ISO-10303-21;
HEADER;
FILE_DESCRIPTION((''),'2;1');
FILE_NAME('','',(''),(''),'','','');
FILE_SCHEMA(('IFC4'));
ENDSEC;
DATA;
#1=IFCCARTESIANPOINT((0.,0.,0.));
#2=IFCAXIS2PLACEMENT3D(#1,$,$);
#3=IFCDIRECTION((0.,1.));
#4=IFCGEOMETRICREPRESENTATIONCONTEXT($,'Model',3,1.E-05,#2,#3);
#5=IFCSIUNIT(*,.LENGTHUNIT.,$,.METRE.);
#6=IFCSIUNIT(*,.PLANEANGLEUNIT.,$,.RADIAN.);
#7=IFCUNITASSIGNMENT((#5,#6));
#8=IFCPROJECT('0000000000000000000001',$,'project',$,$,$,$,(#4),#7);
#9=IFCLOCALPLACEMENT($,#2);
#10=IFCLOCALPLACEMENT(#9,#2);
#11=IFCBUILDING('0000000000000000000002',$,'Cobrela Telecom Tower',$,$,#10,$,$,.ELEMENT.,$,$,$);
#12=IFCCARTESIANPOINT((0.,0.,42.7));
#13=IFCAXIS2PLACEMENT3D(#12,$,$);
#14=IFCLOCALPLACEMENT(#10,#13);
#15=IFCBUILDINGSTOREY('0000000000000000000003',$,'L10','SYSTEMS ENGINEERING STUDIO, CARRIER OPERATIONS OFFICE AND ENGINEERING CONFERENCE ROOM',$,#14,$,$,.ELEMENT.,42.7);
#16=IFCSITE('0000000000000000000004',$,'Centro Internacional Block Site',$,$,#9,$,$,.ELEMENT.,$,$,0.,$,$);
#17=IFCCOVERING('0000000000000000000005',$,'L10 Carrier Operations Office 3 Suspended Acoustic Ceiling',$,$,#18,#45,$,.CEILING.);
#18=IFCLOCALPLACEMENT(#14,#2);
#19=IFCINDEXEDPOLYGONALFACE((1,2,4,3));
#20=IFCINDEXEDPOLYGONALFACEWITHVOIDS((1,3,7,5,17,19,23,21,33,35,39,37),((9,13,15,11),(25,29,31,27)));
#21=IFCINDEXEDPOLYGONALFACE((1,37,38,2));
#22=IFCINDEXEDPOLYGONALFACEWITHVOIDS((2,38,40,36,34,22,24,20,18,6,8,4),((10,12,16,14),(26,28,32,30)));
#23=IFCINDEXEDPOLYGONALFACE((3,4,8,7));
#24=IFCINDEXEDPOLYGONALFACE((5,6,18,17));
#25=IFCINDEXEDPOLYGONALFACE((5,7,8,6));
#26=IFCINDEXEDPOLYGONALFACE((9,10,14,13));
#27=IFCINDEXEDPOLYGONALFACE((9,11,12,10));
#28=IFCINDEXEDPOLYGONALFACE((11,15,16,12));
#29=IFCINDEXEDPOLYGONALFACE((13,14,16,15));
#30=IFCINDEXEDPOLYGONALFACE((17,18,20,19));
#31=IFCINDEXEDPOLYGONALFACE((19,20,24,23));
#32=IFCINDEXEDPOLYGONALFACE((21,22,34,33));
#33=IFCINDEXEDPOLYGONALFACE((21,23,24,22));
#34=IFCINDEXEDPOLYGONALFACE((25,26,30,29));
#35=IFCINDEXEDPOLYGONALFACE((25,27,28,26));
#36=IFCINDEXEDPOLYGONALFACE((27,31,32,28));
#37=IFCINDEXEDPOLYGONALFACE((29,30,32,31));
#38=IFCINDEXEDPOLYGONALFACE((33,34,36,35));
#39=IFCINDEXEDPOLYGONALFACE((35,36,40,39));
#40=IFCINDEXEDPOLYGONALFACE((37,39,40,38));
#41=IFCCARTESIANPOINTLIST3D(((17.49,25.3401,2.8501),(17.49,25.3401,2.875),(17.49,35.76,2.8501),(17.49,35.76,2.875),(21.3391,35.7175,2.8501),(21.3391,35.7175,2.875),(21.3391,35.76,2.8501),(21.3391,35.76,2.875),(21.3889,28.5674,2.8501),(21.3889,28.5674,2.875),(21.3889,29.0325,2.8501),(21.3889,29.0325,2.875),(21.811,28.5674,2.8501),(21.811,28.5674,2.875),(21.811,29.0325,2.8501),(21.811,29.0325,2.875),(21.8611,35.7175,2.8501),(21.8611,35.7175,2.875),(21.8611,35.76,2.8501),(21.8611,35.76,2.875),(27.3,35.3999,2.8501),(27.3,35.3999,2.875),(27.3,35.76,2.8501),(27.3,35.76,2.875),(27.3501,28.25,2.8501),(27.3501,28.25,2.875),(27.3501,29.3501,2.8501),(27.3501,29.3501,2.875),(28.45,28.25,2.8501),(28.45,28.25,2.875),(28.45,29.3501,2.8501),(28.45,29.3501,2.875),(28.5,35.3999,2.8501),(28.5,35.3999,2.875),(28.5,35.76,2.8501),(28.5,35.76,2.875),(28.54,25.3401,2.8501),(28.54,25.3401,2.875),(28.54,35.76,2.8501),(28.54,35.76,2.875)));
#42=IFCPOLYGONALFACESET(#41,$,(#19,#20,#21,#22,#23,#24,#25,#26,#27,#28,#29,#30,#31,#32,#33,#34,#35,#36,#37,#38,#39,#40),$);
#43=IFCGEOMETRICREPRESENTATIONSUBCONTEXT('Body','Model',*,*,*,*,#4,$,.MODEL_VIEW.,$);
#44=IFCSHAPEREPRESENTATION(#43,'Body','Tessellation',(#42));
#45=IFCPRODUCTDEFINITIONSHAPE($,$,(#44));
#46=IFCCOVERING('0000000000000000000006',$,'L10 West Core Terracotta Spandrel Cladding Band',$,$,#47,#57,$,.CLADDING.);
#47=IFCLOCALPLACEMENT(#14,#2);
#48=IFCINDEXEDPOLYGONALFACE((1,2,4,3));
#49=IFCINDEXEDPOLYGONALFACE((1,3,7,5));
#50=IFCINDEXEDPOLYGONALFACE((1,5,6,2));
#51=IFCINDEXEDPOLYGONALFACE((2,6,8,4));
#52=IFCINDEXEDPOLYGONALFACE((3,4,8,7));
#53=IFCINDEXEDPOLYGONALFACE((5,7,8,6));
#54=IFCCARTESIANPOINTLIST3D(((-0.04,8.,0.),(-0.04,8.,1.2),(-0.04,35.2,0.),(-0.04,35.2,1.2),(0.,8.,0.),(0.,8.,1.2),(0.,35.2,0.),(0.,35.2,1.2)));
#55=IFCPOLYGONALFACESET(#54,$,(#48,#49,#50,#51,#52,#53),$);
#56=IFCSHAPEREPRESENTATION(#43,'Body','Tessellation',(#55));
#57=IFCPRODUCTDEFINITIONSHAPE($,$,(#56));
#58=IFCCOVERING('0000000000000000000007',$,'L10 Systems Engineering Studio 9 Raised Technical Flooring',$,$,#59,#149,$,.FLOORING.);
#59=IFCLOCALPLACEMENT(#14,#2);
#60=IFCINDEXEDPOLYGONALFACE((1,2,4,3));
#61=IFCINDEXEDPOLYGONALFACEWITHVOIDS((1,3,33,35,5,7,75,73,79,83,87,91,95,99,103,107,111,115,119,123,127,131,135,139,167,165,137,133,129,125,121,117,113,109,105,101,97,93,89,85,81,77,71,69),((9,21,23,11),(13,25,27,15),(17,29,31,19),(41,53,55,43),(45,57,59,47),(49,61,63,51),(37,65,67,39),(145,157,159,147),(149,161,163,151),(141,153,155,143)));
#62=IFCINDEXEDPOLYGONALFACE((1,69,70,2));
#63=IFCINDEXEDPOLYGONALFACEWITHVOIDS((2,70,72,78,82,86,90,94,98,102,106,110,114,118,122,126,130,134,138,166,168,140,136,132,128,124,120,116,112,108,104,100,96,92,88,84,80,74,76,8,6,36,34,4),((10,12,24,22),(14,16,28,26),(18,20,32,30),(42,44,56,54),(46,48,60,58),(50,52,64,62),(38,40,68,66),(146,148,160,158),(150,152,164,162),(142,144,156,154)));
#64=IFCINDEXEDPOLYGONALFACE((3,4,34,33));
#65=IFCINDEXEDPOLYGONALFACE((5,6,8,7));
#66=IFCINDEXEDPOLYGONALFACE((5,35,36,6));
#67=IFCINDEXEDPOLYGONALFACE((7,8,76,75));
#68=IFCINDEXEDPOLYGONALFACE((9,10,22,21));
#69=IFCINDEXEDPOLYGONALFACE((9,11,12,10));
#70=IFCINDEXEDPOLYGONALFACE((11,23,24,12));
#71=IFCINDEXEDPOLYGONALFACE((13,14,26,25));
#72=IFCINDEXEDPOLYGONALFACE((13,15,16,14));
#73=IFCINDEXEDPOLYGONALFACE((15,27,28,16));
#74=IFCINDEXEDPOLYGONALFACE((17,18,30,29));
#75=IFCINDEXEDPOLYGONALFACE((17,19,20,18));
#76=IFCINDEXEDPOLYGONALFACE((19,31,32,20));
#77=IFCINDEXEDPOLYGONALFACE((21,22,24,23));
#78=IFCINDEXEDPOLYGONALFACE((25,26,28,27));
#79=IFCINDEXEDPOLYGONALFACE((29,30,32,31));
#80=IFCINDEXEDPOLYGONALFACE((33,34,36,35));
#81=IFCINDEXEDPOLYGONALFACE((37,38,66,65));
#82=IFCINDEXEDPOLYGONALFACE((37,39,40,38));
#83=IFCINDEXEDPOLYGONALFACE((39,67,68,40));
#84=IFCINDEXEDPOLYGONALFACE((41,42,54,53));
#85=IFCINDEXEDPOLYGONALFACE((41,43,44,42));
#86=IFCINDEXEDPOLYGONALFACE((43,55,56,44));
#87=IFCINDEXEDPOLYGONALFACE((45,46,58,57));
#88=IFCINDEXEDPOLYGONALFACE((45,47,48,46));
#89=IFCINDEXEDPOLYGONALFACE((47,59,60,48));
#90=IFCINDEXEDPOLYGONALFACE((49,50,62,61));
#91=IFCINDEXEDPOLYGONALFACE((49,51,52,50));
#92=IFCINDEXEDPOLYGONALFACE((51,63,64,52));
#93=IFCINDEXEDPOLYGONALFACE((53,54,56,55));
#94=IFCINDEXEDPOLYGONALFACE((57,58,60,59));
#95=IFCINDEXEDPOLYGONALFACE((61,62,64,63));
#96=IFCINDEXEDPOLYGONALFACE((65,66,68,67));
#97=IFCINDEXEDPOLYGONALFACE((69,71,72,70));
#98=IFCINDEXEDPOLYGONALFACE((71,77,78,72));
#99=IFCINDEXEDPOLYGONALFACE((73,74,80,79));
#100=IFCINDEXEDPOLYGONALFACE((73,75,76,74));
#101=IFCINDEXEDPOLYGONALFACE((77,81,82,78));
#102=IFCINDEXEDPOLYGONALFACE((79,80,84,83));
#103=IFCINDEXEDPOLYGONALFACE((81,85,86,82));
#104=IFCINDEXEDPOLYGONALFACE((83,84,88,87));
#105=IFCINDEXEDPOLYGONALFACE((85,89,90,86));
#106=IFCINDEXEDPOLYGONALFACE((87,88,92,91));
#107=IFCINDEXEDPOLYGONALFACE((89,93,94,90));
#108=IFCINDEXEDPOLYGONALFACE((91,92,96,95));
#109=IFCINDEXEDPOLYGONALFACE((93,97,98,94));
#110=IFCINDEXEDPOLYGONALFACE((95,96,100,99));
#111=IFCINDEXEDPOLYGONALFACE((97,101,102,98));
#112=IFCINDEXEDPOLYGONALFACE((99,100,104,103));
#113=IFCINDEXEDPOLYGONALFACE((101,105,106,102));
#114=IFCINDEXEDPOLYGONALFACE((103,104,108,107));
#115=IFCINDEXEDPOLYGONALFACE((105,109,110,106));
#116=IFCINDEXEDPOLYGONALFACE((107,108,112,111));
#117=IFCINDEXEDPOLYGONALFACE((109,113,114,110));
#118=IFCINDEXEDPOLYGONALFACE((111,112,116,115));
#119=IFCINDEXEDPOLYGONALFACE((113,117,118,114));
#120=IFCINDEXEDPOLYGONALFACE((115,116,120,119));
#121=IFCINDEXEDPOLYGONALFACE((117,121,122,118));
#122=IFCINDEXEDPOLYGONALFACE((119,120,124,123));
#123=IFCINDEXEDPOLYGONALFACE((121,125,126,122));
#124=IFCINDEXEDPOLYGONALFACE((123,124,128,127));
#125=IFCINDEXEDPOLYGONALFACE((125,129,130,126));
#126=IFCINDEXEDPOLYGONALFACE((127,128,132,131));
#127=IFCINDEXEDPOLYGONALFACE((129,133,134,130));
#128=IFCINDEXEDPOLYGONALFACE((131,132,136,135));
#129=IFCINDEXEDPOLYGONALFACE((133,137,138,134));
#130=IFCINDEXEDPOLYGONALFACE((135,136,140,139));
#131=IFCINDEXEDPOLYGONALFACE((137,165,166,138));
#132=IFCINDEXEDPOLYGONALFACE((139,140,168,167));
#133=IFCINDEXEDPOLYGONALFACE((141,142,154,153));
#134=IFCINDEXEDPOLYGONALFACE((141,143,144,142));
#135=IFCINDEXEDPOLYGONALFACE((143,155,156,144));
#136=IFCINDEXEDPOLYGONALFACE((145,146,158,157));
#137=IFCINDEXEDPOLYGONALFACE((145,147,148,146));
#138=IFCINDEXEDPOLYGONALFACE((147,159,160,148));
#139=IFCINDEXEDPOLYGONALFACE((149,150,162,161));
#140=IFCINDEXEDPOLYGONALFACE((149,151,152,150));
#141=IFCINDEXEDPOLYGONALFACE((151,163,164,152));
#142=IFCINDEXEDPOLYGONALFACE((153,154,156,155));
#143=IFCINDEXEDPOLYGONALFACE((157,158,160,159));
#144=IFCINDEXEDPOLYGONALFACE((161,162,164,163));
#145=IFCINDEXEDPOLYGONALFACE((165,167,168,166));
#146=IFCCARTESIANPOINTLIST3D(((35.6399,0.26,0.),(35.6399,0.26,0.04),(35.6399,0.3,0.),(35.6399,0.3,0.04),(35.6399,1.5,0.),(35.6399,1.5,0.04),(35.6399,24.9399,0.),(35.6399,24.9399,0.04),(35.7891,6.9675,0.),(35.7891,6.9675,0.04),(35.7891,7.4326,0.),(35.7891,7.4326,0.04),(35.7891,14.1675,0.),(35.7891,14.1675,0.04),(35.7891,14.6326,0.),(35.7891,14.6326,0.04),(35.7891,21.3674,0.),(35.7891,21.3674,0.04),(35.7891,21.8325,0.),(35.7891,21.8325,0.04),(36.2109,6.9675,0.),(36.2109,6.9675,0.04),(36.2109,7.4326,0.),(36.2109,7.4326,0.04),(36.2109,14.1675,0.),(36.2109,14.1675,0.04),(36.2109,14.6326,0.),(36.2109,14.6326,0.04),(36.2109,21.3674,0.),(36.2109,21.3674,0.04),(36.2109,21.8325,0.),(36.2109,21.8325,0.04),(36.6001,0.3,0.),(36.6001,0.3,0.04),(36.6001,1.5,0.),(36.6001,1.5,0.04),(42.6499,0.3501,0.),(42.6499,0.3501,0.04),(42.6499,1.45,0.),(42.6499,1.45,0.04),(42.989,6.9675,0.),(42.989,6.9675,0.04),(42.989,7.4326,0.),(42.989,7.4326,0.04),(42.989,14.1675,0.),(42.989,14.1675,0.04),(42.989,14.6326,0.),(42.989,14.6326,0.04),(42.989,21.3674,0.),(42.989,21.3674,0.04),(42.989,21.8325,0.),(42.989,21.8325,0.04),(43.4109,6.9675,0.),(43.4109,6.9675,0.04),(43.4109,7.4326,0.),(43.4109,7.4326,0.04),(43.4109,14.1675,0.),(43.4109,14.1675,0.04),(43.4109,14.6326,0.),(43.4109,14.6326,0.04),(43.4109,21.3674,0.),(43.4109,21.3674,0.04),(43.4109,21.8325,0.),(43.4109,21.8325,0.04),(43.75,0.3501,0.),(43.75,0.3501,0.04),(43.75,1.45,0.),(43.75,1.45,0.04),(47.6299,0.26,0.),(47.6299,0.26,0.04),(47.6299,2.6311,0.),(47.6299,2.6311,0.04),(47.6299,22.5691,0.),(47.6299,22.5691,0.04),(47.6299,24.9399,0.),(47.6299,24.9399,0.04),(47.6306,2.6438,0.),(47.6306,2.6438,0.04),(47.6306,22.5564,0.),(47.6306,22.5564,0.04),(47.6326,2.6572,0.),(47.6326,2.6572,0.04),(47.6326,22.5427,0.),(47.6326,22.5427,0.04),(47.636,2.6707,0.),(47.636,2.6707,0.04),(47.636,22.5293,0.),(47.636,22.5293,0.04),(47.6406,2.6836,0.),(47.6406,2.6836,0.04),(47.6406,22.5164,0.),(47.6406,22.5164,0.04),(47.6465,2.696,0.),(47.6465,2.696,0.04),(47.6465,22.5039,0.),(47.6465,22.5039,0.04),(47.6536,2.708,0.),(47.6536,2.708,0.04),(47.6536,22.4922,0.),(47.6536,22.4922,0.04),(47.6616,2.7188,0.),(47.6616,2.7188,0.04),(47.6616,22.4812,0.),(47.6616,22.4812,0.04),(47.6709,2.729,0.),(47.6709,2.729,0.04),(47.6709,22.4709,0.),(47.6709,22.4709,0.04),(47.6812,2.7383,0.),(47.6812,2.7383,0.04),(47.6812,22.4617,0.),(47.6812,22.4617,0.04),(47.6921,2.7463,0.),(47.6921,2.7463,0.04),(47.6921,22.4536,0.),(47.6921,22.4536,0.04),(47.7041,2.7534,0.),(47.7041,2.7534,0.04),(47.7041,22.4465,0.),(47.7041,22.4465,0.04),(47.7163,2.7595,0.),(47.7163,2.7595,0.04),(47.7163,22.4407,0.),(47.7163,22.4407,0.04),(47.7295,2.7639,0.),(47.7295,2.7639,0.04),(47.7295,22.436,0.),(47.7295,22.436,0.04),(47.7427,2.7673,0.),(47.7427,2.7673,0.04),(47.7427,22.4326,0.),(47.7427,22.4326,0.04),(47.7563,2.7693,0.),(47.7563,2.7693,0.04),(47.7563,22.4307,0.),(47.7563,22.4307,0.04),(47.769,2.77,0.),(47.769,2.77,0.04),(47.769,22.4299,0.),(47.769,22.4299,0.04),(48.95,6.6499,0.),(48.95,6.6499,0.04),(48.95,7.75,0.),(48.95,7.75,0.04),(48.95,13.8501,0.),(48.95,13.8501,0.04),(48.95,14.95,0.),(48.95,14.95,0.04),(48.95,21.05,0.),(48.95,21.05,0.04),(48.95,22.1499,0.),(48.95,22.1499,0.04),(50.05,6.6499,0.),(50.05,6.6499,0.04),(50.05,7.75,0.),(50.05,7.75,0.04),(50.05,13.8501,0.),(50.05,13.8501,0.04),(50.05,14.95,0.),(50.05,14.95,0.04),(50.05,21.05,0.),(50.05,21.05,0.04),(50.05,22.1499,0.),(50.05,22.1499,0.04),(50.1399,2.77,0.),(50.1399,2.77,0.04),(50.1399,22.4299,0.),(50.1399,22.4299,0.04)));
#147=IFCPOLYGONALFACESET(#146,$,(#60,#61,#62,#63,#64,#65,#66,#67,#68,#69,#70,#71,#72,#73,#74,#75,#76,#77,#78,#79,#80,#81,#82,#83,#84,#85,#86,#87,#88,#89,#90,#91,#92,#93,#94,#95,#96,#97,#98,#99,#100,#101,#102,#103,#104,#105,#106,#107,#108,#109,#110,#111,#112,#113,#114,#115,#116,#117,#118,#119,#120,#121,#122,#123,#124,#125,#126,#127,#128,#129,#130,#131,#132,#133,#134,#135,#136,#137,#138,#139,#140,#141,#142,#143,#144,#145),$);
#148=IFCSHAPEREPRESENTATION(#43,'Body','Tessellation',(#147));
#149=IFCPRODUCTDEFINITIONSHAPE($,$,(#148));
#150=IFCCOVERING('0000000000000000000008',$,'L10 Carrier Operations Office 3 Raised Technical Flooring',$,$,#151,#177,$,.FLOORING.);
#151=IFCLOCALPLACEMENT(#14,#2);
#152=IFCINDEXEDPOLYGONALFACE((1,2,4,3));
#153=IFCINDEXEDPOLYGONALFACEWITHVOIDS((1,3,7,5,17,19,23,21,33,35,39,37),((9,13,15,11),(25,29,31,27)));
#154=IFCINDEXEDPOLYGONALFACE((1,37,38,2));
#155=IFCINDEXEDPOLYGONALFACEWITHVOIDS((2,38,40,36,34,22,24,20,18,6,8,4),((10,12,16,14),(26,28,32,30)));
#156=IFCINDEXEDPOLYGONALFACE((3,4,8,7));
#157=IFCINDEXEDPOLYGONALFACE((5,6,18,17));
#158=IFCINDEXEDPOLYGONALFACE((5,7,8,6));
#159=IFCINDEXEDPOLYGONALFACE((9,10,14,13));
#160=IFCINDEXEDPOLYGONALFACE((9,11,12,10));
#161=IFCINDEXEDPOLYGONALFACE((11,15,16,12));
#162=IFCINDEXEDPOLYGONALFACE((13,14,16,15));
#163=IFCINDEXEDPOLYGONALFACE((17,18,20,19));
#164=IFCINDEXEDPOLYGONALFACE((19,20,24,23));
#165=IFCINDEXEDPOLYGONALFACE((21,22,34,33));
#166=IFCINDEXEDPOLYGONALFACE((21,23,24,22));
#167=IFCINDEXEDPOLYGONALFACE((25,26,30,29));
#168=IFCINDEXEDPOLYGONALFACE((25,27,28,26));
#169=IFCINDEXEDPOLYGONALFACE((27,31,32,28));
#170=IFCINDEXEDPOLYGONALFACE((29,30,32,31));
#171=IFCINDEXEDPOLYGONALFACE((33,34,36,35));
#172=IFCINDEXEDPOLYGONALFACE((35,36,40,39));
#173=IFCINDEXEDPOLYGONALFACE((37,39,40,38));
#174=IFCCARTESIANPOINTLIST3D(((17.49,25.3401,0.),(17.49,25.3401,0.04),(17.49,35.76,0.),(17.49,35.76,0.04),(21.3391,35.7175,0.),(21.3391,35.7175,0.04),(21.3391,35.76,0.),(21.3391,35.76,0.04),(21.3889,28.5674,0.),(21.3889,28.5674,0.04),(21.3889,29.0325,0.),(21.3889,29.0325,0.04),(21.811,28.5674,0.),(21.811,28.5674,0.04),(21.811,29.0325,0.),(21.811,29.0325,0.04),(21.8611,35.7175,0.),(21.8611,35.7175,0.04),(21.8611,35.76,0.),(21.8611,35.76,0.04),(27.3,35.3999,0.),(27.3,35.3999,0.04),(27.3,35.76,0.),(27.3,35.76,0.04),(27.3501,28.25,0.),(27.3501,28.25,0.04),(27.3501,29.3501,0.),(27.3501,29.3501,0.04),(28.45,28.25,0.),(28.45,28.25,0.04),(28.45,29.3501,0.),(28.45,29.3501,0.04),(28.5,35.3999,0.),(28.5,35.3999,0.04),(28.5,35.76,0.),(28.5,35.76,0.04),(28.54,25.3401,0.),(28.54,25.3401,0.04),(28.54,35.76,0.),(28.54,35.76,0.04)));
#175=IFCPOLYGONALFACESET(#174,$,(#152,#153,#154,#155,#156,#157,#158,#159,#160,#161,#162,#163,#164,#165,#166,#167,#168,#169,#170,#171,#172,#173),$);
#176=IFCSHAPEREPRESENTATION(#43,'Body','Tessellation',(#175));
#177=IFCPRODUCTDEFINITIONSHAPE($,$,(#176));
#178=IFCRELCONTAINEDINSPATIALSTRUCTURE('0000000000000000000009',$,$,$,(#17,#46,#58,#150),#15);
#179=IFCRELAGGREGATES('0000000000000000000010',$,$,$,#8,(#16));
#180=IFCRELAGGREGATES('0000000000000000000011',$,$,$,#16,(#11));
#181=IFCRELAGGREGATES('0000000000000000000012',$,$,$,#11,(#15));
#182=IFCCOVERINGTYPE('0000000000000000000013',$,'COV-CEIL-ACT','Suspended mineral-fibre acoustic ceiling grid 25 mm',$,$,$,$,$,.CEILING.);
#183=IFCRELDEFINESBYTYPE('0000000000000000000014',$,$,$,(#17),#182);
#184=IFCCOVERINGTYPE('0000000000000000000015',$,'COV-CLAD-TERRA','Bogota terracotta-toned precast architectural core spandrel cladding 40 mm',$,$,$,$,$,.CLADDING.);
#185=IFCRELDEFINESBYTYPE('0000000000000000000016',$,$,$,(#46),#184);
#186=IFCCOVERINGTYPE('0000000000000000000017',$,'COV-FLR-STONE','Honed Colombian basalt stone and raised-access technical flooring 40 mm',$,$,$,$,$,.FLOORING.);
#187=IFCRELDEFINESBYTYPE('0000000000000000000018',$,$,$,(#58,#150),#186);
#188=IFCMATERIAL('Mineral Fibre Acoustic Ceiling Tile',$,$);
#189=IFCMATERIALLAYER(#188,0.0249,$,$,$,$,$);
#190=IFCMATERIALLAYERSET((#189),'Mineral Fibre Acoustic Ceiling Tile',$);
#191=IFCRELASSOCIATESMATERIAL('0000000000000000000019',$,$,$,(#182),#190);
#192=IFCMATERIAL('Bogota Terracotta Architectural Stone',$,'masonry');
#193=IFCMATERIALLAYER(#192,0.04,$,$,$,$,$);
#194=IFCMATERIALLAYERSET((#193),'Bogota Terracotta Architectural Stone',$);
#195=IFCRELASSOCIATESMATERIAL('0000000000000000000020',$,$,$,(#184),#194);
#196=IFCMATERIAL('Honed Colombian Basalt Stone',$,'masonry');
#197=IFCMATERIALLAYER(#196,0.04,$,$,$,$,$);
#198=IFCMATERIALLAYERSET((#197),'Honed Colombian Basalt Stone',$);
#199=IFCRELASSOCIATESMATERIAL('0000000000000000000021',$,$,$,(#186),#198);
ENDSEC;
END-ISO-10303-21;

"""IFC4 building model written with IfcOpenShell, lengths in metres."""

from ifc_helpers import new_model, si_unit, direction, frame, origin, place, context, subcontext, project, spatial, polyline, outline, extrude, material, layer, layer_set, type_object, element, save


model = new_model("IFC4")

# Units and contexts
model_context = context("Model", 3, precision=1e-05, world=origin(), true_north=direction((0.0, 1.0)))
body_context = subcontext(model_context, "Body", "Model", "MODEL_VIEW")
ifc_project = project(units=[si_unit("LENGTHUNIT", "METRE"), si_unit("PLANEANGLEUNIT", "RADIAN")], contexts=[model_context])

# Site, building, storey
site_placement = place(None, origin())
site = spatial("IfcSite", under=ifc_project, at=site_placement, Name="Centro Internacional Block Site", CompositionType="ELEMENT", RefElevation=0.0)
building_placement = place(site_placement, origin())
building = spatial("IfcBuilding", under=site, at=building_placement, Name="Cobrela Telecom Tower", CompositionType="ELEMENT")
storey_placement = place(building_placement, frame((0.0, 0.0, 42.7)))
storey = spatial("IfcBuildingStorey", under=building, at=storey_placement, Name="L10", Description="SYSTEMS ENGINEERING STUDIO, CARRIER OPERATIONS OFFICE AND ENGINEERING CONFERENCE ROOM", CompositionType="ELEMENT", Elevation=42.7)

# Coverings
ifc_material_1 = material(Name="Mineral Fibre Acoustic Ceiling Tile")
ifc_layer_1 = layer(ifc_material_1, 0.0249)
ifc_layer_set_1 = layer_set([ifc_layer_1], Name="Mineral Fibre Acoustic Ceiling Tile")
covering_type_1 = type_object("IfcCoveringType", Name="COV-CEIL-ACT", Description="Suspended mineral-fibre acoustic ceiling grid 25 mm", PredefinedType="CEILING", material=ifc_layer_set_1)
covering_1_placement = place(storey_placement, frame((0.0, 0.0, 2.8501)))
element("IfcCovering", 1, at=covering_1_placement, inside=storey, type_object=covering_type_1, Name="L10 Carrier Operations Office 3 Suspended Acoustic Ceiling", PredefinedType="CEILING", context=body_context, shape_type="SweptSolid", body=[
    extrude(outline(polyline([(21.3391, 35.7175), (21.8611, 35.7175), (21.8611, 35.76), (27.3, 35.76), (27.3, 35.3999), (28.5, 35.3999), (28.5, 35.76), (28.54, 35.76), (28.54, 25.3401), (17.49, 25.3401), (17.49, 35.76), (21.3391, 35.76), (21.3391, 35.7175)]), holes=[polyline([(21.811, 29.0325), (21.3889, 29.0325), (21.3889, 28.5674), (21.811, 28.5674), (21.811, 29.0325)]), polyline([(28.45, 28.25), (28.45, 29.3501), (27.3501, 29.3501), (27.3501, 28.25), (28.45, 28.25)])]), origin(), (0.0, 0.0, 1.0), 0.0249),
])
ifc_material_2 = material(Name="Bogota Terracotta Architectural Stone", Category="masonry")
ifc_layer_2 = layer(ifc_material_2, 0.04)
ifc_layer_set_2 = layer_set([ifc_layer_2], Name="Bogota Terracotta Architectural Stone")
covering_type_2 = type_object("IfcCoveringType", Name="COV-CLAD-TERRA", Description="Bogota terracotta-toned precast architectural core spandrel cladding 40 mm", PredefinedType="CLADDING", material=ifc_layer_set_2)
covering_2_placement = place(storey_placement, origin())
element("IfcCovering", 2, at=covering_2_placement, inside=storey, type_object=covering_type_2, Name="L10 West Core Terracotta Spandrel Cladding Band", PredefinedType="CLADDING", context=body_context, shape_type="SweptSolid", body=[
    extrude(outline(polyline([(-0.04, 8.0), (0.0, 8.0), (0.0, 35.2), (-0.04, 35.2), (-0.04, 8.0)])), origin(), (0.0, 0.0, 1.0), 1.2),
])
ifc_material_3 = material(Name="Honed Colombian Basalt Stone", Category="masonry")
ifc_layer_3 = layer(ifc_material_3, 0.04)
ifc_layer_set_3 = layer_set([ifc_layer_3], Name="Honed Colombian Basalt Stone")
covering_type_3 = type_object("IfcCoveringType", Name="COV-FLR-STONE", Description="Honed Colombian basalt stone and raised-access technical flooring 40 mm", PredefinedType="FLOORING", material=ifc_layer_set_3)
covering_3_placement = place(storey_placement, origin())
element("IfcCovering", 3, at=covering_3_placement, inside=storey, type_object=covering_type_3, Name="L10 Systems Engineering Studio 9 Raised Technical Flooring", PredefinedType="FLOORING", context=body_context, shape_type="SweptSolid", body=[
    extrude(outline(polyline([(47.7427, 2.7673), (47.7295, 2.7639), (47.7163, 2.7595), (47.7041, 2.7534), (47.6921, 2.7463), (47.6812, 2.7383), (47.6709, 2.729), (47.6616, 2.7188), (47.6536, 2.708), (47.6465, 2.696), (47.6406, 2.6836), (47.636, 2.6707), (47.6326, 2.6572), (47.6306, 2.6438), (47.6299, 2.6311), (47.6299, 0.26), (35.6399, 0.26), (35.6399, 0.3), (36.6001, 0.3), (36.6001, 1.5), (35.6399, 1.5), (35.6399, 24.9399), (47.6299, 24.9399), (47.6299, 22.5691), (47.6306, 22.5564), (47.6326, 22.5427), (47.636, 22.5293), (47.6406, 22.5164), (47.6465, 22.5039), (47.6536, 22.4922), (47.6616, 22.4812), (47.6709, 22.4709), (47.6812, 22.4617), (47.6921, 22.4536), (47.7041, 22.4465), (47.7163, 22.4407), (47.7295, 22.436), (47.7427, 22.4326), (47.7563, 22.4307), (47.769, 22.4299), (50.1399, 22.4299), (50.1399, 2.77), (47.769, 2.77), (47.7563, 2.7693), (47.7427, 2.7673)]), holes=[polyline([(43.75, 0.3501), (43.75, 1.45), (42.6499, 1.45), (42.6499, 0.3501), (43.75, 0.3501)]), polyline([(36.2109, 6.9675), (36.2109, 7.4326), (35.7891, 7.4326), (35.7891, 6.9675), (36.2109, 6.9675)]), polyline([(43.4109, 6.9675), (43.4109, 7.4326), (42.989, 7.4326), (42.989, 6.9675), (43.4109, 6.9675)]), polyline([(50.05, 6.6499), (50.05, 7.75), (48.95, 7.75), (48.95, 6.6499), (50.05, 6.6499)]), polyline([(36.2109, 14.1675), (36.2109, 14.6326), (35.7891, 14.6326), (35.7891, 14.1675), (36.2109, 14.1675)]), polyline([(43.4109, 14.1675), (43.4109, 14.6326), (42.989, 14.6326), (42.989, 14.1675), (43.4109, 14.1675)]), polyline([(50.05, 13.8501), (50.05, 14.95), (48.95, 14.95), (48.95, 13.8501), (50.05, 13.8501)]), polyline([(36.2109, 21.3674), (36.2109, 21.8325), (35.7891, 21.8325), (35.7891, 21.3674), (36.2109, 21.3674)]), polyline([(43.4109, 21.3674), (43.4109, 21.8325), (42.989, 21.8325), (42.989, 21.3674), (43.4109, 21.3674)]), polyline([(50.05, 21.05), (50.05, 22.1499), (48.95, 22.1499), (48.95, 21.05), (50.05, 21.05)])]), origin(), (0.0, 0.0, 1.0), 0.04),
])
covering_4_placement = place(storey_placement, origin())
element("IfcCovering", 4, at=covering_4_placement, inside=storey, type_object=covering_type_3, Name="L10 Carrier Operations Office 3 Raised Technical Flooring", PredefinedType="FLOORING", context=body_context, shape_type="SweptSolid", body=[
    extrude(outline(polyline([(21.3391, 35.7175), (21.8611, 35.7175), (21.8611, 35.76), (27.3, 35.76), (27.3, 35.3999), (28.5, 35.3999), (28.5, 35.76), (28.54, 35.76), (28.54, 25.3401), (17.49, 25.3401), (17.49, 35.76), (21.3391, 35.76), (21.3391, 35.7175)]), holes=[polyline([(21.811, 29.0325), (21.3889, 29.0325), (21.3889, 28.5674), (21.811, 28.5674), (21.811, 29.0325)]), polyline([(28.45, 28.25), (28.45, 29.3501), (27.3501, 29.3501), (27.3501, 28.25), (28.45, 28.25)])]), origin(), (0.0, 0.0, 1.0), 0.04),
])

save(model, "model.ifc")
